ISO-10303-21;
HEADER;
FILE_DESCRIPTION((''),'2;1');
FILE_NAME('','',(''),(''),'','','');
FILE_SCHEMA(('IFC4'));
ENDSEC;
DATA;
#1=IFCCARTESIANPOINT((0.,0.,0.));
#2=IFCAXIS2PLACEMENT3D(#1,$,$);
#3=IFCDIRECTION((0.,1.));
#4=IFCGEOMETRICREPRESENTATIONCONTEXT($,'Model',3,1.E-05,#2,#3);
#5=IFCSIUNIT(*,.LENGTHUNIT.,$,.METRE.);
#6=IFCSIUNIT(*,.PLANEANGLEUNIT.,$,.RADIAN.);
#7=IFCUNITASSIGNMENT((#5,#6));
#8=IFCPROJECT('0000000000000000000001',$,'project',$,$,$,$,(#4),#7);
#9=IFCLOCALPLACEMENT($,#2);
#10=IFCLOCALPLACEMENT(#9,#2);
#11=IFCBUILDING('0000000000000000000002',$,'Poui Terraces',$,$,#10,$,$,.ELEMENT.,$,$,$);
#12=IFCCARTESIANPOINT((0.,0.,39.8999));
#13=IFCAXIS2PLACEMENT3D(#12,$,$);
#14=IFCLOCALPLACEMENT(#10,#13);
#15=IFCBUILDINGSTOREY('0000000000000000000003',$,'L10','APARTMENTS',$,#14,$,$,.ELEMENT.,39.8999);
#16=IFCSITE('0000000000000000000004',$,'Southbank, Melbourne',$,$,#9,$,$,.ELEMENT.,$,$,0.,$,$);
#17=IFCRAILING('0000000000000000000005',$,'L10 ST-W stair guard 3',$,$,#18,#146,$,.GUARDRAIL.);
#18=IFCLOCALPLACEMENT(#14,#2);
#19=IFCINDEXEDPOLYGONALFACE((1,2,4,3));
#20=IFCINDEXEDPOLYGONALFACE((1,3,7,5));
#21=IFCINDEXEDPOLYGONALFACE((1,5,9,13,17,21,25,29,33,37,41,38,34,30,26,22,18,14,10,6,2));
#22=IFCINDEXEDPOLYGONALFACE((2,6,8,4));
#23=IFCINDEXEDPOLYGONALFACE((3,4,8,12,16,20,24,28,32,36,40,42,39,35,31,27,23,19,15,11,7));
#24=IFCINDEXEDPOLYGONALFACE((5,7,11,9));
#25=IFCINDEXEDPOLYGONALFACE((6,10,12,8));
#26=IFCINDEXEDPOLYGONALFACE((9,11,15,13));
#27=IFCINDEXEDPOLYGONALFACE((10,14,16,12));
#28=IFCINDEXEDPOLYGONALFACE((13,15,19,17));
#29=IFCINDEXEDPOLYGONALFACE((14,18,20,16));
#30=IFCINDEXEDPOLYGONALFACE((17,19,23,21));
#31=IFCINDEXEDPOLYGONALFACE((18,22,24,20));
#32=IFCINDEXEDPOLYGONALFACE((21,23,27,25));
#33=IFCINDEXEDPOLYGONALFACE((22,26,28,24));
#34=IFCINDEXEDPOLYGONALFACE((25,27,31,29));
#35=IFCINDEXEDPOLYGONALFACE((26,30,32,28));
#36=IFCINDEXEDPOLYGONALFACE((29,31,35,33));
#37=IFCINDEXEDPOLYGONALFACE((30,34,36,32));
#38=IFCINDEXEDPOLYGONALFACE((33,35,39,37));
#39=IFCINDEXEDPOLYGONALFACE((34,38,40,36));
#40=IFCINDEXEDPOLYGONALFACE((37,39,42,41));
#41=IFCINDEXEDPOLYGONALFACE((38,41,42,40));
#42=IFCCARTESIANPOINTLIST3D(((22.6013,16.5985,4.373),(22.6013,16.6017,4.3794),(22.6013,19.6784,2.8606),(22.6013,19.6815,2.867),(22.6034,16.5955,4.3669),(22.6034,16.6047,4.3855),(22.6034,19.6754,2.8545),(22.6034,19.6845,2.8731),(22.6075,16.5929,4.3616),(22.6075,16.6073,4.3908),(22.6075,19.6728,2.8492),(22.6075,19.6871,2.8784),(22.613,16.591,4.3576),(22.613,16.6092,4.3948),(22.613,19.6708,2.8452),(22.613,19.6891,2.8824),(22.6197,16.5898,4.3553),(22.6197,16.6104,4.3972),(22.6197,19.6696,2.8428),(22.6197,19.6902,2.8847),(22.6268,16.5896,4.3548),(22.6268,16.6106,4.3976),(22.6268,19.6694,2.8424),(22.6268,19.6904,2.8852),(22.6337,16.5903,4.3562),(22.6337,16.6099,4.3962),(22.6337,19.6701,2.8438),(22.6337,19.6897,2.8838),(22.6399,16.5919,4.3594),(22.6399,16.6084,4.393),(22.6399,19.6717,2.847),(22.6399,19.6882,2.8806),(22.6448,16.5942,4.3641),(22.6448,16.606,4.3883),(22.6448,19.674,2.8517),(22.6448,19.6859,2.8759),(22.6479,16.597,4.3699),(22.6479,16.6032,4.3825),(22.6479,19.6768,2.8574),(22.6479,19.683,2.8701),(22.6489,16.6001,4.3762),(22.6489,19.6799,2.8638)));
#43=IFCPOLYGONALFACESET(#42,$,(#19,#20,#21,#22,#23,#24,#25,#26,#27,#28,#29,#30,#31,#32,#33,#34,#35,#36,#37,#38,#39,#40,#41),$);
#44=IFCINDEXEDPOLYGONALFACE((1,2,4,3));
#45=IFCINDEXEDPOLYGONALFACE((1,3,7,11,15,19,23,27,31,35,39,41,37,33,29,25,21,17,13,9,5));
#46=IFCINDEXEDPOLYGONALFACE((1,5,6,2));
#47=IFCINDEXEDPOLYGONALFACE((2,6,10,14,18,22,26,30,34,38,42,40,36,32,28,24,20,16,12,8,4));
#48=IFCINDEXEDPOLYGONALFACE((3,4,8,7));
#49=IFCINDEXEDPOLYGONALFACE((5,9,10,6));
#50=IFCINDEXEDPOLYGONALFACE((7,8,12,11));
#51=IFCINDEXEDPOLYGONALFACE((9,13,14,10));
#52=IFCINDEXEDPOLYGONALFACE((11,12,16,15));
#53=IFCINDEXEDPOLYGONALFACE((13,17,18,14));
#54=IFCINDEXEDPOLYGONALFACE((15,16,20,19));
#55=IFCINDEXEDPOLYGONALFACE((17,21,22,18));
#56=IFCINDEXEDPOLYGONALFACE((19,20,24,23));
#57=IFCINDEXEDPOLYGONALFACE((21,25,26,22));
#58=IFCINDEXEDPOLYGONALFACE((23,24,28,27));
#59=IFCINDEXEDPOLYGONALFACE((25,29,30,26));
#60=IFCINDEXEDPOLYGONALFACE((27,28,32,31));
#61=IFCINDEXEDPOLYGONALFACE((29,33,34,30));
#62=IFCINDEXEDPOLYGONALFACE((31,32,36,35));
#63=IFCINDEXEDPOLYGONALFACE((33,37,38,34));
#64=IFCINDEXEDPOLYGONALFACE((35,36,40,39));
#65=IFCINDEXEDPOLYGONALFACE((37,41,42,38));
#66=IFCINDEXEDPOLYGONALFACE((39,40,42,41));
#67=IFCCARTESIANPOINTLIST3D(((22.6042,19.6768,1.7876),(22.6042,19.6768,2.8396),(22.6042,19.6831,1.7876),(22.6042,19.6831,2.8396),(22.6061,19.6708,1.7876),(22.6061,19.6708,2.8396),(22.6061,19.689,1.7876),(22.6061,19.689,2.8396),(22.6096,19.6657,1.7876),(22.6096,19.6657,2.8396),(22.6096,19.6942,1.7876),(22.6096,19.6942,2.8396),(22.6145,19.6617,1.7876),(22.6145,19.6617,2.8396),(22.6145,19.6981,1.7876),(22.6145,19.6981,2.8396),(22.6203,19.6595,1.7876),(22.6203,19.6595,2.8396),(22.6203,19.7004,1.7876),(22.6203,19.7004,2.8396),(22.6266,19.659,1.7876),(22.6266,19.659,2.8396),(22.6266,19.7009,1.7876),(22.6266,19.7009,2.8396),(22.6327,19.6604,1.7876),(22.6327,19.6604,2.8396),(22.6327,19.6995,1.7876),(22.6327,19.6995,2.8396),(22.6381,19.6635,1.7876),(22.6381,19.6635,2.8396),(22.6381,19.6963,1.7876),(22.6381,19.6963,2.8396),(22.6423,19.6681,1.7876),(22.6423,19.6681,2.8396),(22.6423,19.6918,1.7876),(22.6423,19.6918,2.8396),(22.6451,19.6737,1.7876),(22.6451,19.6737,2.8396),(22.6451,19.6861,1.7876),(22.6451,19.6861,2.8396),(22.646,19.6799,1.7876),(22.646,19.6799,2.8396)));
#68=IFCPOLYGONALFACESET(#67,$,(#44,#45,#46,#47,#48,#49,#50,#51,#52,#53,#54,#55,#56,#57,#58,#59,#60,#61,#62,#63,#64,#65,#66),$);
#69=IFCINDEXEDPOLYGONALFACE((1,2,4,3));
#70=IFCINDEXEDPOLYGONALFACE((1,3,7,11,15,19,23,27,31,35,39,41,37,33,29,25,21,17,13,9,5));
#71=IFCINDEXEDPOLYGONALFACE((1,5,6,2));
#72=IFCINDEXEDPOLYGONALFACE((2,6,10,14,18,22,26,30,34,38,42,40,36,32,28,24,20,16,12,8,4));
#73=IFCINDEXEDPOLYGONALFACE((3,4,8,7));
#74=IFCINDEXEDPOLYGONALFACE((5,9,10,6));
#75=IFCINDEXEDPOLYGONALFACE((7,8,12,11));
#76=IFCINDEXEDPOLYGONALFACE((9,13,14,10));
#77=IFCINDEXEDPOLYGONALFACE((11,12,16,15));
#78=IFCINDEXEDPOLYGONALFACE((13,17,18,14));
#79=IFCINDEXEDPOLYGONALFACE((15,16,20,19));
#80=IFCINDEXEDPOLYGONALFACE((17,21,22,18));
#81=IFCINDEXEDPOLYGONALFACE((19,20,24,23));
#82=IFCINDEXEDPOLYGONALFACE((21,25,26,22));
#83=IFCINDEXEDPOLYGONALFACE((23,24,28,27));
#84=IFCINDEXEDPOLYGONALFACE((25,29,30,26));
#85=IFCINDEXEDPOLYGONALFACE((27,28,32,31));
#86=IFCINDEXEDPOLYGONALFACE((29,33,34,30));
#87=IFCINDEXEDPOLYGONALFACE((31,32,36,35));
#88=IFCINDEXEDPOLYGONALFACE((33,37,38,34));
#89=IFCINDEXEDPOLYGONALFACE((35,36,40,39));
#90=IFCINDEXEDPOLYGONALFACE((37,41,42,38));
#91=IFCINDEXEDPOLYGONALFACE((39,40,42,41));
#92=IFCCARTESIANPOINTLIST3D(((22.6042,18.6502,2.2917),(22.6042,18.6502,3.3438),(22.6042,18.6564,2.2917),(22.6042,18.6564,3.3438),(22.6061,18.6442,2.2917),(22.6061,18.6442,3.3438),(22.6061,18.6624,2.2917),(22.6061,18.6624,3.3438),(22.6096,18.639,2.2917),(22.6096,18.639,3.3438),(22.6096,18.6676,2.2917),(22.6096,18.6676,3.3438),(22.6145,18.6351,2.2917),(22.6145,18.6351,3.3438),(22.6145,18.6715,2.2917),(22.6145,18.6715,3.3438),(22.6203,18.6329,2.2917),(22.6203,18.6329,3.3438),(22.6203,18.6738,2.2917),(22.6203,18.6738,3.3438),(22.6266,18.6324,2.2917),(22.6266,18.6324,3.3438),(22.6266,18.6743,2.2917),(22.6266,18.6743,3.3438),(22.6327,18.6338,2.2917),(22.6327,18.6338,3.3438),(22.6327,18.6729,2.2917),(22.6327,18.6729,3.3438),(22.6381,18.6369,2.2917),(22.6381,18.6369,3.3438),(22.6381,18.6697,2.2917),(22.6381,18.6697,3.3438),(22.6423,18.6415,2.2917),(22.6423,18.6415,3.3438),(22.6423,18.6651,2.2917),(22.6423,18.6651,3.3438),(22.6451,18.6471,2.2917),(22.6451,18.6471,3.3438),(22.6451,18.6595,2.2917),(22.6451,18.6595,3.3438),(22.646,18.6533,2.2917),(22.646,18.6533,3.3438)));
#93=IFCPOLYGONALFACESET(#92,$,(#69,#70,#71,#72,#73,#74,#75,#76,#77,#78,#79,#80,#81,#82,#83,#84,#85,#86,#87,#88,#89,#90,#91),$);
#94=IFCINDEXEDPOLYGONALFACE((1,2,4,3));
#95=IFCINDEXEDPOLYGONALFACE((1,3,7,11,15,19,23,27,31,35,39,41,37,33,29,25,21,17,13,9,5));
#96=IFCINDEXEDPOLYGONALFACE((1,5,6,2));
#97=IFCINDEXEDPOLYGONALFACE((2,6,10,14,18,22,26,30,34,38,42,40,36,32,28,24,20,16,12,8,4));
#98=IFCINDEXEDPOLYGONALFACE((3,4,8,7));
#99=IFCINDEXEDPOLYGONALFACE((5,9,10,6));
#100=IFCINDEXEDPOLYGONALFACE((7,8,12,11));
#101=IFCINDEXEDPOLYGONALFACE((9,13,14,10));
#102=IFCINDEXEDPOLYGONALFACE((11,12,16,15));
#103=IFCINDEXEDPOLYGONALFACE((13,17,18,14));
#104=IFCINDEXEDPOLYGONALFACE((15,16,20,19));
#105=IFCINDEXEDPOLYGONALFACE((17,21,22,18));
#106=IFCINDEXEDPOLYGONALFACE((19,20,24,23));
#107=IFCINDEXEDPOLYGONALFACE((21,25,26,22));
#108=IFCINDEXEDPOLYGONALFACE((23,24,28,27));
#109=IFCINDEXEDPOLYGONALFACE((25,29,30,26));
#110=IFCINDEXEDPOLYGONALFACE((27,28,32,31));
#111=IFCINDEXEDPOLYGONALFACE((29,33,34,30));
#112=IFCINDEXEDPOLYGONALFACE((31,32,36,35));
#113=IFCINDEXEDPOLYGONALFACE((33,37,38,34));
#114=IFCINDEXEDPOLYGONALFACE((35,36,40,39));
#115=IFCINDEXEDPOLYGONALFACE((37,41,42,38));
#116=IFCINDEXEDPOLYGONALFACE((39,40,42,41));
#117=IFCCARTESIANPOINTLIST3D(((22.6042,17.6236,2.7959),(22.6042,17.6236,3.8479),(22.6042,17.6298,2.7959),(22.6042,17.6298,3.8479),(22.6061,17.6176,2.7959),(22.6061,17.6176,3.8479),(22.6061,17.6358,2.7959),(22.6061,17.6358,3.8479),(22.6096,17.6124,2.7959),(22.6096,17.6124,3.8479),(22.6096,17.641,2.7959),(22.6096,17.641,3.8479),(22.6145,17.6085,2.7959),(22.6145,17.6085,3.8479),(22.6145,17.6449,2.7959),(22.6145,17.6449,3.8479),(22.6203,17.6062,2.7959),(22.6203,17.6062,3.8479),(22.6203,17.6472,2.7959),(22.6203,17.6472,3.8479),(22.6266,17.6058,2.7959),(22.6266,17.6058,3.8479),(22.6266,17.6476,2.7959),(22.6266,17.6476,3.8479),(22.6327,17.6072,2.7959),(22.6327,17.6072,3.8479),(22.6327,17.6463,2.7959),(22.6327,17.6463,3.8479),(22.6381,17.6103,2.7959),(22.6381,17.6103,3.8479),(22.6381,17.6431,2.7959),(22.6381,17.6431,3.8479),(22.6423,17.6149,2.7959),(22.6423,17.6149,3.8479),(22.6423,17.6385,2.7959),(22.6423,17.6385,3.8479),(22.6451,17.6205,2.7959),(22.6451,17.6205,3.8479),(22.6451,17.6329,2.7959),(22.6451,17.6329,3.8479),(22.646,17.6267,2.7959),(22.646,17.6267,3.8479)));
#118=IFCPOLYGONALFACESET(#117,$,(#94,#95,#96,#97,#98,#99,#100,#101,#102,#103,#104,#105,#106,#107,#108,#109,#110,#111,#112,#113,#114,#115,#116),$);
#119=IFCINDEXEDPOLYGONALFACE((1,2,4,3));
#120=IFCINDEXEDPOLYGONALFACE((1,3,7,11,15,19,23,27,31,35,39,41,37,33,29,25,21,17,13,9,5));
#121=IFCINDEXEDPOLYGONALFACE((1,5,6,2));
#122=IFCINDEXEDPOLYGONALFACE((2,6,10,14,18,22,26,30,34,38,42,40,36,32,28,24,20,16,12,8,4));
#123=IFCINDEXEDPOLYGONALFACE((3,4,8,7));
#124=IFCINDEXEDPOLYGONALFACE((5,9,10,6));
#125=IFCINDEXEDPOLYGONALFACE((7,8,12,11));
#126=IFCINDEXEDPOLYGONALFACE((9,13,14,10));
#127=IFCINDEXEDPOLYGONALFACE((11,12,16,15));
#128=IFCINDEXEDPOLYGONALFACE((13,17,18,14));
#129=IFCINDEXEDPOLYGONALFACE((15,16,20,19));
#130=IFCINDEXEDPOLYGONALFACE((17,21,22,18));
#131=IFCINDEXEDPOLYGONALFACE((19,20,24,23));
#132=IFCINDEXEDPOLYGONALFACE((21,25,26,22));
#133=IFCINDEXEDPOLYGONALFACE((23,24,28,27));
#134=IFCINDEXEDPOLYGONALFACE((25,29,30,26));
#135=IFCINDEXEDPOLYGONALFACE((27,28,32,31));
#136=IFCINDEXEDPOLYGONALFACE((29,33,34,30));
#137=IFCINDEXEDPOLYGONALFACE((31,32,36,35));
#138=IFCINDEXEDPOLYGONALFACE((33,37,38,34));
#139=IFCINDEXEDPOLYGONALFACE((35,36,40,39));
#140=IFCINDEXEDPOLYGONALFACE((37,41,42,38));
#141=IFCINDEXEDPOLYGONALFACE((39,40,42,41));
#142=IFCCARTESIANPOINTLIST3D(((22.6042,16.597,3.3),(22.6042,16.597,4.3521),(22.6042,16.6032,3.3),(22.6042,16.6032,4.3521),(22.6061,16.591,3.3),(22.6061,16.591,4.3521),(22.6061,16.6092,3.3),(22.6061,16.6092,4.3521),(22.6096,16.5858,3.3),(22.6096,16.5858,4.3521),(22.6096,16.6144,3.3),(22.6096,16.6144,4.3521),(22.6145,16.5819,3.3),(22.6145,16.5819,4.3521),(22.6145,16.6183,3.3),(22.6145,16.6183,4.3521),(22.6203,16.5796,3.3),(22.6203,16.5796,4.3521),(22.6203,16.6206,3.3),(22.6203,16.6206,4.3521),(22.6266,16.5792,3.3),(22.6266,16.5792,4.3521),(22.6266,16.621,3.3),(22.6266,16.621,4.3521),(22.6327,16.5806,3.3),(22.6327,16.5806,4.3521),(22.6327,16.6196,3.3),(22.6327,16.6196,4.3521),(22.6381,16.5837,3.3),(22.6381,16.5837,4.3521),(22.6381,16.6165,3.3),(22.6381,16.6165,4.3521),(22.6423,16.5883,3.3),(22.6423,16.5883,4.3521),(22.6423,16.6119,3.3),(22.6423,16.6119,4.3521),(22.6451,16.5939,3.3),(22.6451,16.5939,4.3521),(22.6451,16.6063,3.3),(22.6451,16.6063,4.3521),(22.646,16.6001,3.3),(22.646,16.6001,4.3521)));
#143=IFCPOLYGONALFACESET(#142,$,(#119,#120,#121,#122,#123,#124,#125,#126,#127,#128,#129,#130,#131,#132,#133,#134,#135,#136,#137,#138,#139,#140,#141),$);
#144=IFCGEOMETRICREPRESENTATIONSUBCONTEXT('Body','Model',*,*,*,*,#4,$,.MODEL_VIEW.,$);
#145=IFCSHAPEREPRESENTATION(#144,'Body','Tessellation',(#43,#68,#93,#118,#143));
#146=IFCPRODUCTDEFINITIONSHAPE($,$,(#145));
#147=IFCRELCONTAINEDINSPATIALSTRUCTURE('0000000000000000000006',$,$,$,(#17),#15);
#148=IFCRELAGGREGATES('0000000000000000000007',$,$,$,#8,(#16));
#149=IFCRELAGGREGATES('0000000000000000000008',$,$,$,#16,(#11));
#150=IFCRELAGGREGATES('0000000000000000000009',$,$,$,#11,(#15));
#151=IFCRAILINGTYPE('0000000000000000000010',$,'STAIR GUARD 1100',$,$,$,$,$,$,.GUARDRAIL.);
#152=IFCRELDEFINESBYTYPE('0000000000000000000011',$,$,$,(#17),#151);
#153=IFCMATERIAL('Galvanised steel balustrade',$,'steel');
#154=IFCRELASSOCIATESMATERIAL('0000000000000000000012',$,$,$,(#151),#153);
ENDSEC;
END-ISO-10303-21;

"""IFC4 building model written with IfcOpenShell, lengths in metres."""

from ifc_helpers import new_model, si_unit, direction, frame, origin, origin_2d, place, context, subcontext, project, spatial, circle, extrude, material, type_object, element, save


model = new_model("IFC4")

# Units and contexts
model_context = context("Model", 3, precision=1e-05, world=origin(), true_north=direction((0.0, 1.0)))
body_context = subcontext(model_context, "Body", "Model", "MODEL_VIEW")
ifc_project = project(units=[si_unit("LENGTHUNIT", "METRE"), si_unit("PLANEANGLEUNIT", "RADIAN")], contexts=[model_context])

# Site, building, storey
site_placement = place(None, origin())
site = spatial("IfcSite", under=ifc_project, at=site_placement, Name="Southbank, Melbourne", CompositionType="ELEMENT", RefElevation=0.0)
building_placement = place(site_placement, origin())
building = spatial("IfcBuilding", under=site, at=building_placement, Name="Poui Terraces", CompositionType="ELEMENT")
storey_placement = place(building_placement, frame((0.0, 0.0, 39.8999)))
storey = spatial("IfcBuildingStorey", under=building, at=storey_placement, Name="L10", Description="APARTMENTS", CompositionType="ELEMENT", Elevation=39.8999)

# Railing
ifc_material_1 = material(Name="Galvanised steel balustrade", Category="steel")
railing_type_1 = type_object("IfcRailingType", Name="STAIR GUARD 1100", PredefinedType="GUARDRAIL", material=ifc_material_1)
railing_1_placement = place(storey_placement, frame((22.625, 19.6799, 1.7876)))
element("IfcRailing", 1, at=railing_1_placement, inside=storey, type_object=railing_type_1, Name="L10 ST-W stair guard 3", PredefinedType="GUARDRAIL", context=body_context, shape_type="SweptSolid", body=[
    extrude(circle(Radius=0.0239, at=origin_2d()), frame((0.0, 0.0, 1.0762), z_axis=(0.0, -0.897606, 0.440798), x_axis=(1.0, 0.0, 0.0)), (0.0, 0.0, 1.0), 3.4312),
    extrude(circle(Radius=0.021, at=origin_2d()), origin(), (0.0, 0.0, 1.0), 1.052),
    extrude(circle(Radius=0.021, at=origin_2d()), frame((0.0, -1.0266, 0.5042)), (0.0, 0.0, 1.0), 1.052),
    extrude(circle(Radius=0.021, at=origin_2d()), frame((0.0, -2.0532, 1.0083)), (0.0, 0.0, 1.0), 1.052),
    extrude(circle(Radius=0.021, at=origin_2d()), frame((0.0, -3.0798, 1.5125)), (0.0, 0.0, 1.0), 1.052),
])

save(model, "model.ifc")
